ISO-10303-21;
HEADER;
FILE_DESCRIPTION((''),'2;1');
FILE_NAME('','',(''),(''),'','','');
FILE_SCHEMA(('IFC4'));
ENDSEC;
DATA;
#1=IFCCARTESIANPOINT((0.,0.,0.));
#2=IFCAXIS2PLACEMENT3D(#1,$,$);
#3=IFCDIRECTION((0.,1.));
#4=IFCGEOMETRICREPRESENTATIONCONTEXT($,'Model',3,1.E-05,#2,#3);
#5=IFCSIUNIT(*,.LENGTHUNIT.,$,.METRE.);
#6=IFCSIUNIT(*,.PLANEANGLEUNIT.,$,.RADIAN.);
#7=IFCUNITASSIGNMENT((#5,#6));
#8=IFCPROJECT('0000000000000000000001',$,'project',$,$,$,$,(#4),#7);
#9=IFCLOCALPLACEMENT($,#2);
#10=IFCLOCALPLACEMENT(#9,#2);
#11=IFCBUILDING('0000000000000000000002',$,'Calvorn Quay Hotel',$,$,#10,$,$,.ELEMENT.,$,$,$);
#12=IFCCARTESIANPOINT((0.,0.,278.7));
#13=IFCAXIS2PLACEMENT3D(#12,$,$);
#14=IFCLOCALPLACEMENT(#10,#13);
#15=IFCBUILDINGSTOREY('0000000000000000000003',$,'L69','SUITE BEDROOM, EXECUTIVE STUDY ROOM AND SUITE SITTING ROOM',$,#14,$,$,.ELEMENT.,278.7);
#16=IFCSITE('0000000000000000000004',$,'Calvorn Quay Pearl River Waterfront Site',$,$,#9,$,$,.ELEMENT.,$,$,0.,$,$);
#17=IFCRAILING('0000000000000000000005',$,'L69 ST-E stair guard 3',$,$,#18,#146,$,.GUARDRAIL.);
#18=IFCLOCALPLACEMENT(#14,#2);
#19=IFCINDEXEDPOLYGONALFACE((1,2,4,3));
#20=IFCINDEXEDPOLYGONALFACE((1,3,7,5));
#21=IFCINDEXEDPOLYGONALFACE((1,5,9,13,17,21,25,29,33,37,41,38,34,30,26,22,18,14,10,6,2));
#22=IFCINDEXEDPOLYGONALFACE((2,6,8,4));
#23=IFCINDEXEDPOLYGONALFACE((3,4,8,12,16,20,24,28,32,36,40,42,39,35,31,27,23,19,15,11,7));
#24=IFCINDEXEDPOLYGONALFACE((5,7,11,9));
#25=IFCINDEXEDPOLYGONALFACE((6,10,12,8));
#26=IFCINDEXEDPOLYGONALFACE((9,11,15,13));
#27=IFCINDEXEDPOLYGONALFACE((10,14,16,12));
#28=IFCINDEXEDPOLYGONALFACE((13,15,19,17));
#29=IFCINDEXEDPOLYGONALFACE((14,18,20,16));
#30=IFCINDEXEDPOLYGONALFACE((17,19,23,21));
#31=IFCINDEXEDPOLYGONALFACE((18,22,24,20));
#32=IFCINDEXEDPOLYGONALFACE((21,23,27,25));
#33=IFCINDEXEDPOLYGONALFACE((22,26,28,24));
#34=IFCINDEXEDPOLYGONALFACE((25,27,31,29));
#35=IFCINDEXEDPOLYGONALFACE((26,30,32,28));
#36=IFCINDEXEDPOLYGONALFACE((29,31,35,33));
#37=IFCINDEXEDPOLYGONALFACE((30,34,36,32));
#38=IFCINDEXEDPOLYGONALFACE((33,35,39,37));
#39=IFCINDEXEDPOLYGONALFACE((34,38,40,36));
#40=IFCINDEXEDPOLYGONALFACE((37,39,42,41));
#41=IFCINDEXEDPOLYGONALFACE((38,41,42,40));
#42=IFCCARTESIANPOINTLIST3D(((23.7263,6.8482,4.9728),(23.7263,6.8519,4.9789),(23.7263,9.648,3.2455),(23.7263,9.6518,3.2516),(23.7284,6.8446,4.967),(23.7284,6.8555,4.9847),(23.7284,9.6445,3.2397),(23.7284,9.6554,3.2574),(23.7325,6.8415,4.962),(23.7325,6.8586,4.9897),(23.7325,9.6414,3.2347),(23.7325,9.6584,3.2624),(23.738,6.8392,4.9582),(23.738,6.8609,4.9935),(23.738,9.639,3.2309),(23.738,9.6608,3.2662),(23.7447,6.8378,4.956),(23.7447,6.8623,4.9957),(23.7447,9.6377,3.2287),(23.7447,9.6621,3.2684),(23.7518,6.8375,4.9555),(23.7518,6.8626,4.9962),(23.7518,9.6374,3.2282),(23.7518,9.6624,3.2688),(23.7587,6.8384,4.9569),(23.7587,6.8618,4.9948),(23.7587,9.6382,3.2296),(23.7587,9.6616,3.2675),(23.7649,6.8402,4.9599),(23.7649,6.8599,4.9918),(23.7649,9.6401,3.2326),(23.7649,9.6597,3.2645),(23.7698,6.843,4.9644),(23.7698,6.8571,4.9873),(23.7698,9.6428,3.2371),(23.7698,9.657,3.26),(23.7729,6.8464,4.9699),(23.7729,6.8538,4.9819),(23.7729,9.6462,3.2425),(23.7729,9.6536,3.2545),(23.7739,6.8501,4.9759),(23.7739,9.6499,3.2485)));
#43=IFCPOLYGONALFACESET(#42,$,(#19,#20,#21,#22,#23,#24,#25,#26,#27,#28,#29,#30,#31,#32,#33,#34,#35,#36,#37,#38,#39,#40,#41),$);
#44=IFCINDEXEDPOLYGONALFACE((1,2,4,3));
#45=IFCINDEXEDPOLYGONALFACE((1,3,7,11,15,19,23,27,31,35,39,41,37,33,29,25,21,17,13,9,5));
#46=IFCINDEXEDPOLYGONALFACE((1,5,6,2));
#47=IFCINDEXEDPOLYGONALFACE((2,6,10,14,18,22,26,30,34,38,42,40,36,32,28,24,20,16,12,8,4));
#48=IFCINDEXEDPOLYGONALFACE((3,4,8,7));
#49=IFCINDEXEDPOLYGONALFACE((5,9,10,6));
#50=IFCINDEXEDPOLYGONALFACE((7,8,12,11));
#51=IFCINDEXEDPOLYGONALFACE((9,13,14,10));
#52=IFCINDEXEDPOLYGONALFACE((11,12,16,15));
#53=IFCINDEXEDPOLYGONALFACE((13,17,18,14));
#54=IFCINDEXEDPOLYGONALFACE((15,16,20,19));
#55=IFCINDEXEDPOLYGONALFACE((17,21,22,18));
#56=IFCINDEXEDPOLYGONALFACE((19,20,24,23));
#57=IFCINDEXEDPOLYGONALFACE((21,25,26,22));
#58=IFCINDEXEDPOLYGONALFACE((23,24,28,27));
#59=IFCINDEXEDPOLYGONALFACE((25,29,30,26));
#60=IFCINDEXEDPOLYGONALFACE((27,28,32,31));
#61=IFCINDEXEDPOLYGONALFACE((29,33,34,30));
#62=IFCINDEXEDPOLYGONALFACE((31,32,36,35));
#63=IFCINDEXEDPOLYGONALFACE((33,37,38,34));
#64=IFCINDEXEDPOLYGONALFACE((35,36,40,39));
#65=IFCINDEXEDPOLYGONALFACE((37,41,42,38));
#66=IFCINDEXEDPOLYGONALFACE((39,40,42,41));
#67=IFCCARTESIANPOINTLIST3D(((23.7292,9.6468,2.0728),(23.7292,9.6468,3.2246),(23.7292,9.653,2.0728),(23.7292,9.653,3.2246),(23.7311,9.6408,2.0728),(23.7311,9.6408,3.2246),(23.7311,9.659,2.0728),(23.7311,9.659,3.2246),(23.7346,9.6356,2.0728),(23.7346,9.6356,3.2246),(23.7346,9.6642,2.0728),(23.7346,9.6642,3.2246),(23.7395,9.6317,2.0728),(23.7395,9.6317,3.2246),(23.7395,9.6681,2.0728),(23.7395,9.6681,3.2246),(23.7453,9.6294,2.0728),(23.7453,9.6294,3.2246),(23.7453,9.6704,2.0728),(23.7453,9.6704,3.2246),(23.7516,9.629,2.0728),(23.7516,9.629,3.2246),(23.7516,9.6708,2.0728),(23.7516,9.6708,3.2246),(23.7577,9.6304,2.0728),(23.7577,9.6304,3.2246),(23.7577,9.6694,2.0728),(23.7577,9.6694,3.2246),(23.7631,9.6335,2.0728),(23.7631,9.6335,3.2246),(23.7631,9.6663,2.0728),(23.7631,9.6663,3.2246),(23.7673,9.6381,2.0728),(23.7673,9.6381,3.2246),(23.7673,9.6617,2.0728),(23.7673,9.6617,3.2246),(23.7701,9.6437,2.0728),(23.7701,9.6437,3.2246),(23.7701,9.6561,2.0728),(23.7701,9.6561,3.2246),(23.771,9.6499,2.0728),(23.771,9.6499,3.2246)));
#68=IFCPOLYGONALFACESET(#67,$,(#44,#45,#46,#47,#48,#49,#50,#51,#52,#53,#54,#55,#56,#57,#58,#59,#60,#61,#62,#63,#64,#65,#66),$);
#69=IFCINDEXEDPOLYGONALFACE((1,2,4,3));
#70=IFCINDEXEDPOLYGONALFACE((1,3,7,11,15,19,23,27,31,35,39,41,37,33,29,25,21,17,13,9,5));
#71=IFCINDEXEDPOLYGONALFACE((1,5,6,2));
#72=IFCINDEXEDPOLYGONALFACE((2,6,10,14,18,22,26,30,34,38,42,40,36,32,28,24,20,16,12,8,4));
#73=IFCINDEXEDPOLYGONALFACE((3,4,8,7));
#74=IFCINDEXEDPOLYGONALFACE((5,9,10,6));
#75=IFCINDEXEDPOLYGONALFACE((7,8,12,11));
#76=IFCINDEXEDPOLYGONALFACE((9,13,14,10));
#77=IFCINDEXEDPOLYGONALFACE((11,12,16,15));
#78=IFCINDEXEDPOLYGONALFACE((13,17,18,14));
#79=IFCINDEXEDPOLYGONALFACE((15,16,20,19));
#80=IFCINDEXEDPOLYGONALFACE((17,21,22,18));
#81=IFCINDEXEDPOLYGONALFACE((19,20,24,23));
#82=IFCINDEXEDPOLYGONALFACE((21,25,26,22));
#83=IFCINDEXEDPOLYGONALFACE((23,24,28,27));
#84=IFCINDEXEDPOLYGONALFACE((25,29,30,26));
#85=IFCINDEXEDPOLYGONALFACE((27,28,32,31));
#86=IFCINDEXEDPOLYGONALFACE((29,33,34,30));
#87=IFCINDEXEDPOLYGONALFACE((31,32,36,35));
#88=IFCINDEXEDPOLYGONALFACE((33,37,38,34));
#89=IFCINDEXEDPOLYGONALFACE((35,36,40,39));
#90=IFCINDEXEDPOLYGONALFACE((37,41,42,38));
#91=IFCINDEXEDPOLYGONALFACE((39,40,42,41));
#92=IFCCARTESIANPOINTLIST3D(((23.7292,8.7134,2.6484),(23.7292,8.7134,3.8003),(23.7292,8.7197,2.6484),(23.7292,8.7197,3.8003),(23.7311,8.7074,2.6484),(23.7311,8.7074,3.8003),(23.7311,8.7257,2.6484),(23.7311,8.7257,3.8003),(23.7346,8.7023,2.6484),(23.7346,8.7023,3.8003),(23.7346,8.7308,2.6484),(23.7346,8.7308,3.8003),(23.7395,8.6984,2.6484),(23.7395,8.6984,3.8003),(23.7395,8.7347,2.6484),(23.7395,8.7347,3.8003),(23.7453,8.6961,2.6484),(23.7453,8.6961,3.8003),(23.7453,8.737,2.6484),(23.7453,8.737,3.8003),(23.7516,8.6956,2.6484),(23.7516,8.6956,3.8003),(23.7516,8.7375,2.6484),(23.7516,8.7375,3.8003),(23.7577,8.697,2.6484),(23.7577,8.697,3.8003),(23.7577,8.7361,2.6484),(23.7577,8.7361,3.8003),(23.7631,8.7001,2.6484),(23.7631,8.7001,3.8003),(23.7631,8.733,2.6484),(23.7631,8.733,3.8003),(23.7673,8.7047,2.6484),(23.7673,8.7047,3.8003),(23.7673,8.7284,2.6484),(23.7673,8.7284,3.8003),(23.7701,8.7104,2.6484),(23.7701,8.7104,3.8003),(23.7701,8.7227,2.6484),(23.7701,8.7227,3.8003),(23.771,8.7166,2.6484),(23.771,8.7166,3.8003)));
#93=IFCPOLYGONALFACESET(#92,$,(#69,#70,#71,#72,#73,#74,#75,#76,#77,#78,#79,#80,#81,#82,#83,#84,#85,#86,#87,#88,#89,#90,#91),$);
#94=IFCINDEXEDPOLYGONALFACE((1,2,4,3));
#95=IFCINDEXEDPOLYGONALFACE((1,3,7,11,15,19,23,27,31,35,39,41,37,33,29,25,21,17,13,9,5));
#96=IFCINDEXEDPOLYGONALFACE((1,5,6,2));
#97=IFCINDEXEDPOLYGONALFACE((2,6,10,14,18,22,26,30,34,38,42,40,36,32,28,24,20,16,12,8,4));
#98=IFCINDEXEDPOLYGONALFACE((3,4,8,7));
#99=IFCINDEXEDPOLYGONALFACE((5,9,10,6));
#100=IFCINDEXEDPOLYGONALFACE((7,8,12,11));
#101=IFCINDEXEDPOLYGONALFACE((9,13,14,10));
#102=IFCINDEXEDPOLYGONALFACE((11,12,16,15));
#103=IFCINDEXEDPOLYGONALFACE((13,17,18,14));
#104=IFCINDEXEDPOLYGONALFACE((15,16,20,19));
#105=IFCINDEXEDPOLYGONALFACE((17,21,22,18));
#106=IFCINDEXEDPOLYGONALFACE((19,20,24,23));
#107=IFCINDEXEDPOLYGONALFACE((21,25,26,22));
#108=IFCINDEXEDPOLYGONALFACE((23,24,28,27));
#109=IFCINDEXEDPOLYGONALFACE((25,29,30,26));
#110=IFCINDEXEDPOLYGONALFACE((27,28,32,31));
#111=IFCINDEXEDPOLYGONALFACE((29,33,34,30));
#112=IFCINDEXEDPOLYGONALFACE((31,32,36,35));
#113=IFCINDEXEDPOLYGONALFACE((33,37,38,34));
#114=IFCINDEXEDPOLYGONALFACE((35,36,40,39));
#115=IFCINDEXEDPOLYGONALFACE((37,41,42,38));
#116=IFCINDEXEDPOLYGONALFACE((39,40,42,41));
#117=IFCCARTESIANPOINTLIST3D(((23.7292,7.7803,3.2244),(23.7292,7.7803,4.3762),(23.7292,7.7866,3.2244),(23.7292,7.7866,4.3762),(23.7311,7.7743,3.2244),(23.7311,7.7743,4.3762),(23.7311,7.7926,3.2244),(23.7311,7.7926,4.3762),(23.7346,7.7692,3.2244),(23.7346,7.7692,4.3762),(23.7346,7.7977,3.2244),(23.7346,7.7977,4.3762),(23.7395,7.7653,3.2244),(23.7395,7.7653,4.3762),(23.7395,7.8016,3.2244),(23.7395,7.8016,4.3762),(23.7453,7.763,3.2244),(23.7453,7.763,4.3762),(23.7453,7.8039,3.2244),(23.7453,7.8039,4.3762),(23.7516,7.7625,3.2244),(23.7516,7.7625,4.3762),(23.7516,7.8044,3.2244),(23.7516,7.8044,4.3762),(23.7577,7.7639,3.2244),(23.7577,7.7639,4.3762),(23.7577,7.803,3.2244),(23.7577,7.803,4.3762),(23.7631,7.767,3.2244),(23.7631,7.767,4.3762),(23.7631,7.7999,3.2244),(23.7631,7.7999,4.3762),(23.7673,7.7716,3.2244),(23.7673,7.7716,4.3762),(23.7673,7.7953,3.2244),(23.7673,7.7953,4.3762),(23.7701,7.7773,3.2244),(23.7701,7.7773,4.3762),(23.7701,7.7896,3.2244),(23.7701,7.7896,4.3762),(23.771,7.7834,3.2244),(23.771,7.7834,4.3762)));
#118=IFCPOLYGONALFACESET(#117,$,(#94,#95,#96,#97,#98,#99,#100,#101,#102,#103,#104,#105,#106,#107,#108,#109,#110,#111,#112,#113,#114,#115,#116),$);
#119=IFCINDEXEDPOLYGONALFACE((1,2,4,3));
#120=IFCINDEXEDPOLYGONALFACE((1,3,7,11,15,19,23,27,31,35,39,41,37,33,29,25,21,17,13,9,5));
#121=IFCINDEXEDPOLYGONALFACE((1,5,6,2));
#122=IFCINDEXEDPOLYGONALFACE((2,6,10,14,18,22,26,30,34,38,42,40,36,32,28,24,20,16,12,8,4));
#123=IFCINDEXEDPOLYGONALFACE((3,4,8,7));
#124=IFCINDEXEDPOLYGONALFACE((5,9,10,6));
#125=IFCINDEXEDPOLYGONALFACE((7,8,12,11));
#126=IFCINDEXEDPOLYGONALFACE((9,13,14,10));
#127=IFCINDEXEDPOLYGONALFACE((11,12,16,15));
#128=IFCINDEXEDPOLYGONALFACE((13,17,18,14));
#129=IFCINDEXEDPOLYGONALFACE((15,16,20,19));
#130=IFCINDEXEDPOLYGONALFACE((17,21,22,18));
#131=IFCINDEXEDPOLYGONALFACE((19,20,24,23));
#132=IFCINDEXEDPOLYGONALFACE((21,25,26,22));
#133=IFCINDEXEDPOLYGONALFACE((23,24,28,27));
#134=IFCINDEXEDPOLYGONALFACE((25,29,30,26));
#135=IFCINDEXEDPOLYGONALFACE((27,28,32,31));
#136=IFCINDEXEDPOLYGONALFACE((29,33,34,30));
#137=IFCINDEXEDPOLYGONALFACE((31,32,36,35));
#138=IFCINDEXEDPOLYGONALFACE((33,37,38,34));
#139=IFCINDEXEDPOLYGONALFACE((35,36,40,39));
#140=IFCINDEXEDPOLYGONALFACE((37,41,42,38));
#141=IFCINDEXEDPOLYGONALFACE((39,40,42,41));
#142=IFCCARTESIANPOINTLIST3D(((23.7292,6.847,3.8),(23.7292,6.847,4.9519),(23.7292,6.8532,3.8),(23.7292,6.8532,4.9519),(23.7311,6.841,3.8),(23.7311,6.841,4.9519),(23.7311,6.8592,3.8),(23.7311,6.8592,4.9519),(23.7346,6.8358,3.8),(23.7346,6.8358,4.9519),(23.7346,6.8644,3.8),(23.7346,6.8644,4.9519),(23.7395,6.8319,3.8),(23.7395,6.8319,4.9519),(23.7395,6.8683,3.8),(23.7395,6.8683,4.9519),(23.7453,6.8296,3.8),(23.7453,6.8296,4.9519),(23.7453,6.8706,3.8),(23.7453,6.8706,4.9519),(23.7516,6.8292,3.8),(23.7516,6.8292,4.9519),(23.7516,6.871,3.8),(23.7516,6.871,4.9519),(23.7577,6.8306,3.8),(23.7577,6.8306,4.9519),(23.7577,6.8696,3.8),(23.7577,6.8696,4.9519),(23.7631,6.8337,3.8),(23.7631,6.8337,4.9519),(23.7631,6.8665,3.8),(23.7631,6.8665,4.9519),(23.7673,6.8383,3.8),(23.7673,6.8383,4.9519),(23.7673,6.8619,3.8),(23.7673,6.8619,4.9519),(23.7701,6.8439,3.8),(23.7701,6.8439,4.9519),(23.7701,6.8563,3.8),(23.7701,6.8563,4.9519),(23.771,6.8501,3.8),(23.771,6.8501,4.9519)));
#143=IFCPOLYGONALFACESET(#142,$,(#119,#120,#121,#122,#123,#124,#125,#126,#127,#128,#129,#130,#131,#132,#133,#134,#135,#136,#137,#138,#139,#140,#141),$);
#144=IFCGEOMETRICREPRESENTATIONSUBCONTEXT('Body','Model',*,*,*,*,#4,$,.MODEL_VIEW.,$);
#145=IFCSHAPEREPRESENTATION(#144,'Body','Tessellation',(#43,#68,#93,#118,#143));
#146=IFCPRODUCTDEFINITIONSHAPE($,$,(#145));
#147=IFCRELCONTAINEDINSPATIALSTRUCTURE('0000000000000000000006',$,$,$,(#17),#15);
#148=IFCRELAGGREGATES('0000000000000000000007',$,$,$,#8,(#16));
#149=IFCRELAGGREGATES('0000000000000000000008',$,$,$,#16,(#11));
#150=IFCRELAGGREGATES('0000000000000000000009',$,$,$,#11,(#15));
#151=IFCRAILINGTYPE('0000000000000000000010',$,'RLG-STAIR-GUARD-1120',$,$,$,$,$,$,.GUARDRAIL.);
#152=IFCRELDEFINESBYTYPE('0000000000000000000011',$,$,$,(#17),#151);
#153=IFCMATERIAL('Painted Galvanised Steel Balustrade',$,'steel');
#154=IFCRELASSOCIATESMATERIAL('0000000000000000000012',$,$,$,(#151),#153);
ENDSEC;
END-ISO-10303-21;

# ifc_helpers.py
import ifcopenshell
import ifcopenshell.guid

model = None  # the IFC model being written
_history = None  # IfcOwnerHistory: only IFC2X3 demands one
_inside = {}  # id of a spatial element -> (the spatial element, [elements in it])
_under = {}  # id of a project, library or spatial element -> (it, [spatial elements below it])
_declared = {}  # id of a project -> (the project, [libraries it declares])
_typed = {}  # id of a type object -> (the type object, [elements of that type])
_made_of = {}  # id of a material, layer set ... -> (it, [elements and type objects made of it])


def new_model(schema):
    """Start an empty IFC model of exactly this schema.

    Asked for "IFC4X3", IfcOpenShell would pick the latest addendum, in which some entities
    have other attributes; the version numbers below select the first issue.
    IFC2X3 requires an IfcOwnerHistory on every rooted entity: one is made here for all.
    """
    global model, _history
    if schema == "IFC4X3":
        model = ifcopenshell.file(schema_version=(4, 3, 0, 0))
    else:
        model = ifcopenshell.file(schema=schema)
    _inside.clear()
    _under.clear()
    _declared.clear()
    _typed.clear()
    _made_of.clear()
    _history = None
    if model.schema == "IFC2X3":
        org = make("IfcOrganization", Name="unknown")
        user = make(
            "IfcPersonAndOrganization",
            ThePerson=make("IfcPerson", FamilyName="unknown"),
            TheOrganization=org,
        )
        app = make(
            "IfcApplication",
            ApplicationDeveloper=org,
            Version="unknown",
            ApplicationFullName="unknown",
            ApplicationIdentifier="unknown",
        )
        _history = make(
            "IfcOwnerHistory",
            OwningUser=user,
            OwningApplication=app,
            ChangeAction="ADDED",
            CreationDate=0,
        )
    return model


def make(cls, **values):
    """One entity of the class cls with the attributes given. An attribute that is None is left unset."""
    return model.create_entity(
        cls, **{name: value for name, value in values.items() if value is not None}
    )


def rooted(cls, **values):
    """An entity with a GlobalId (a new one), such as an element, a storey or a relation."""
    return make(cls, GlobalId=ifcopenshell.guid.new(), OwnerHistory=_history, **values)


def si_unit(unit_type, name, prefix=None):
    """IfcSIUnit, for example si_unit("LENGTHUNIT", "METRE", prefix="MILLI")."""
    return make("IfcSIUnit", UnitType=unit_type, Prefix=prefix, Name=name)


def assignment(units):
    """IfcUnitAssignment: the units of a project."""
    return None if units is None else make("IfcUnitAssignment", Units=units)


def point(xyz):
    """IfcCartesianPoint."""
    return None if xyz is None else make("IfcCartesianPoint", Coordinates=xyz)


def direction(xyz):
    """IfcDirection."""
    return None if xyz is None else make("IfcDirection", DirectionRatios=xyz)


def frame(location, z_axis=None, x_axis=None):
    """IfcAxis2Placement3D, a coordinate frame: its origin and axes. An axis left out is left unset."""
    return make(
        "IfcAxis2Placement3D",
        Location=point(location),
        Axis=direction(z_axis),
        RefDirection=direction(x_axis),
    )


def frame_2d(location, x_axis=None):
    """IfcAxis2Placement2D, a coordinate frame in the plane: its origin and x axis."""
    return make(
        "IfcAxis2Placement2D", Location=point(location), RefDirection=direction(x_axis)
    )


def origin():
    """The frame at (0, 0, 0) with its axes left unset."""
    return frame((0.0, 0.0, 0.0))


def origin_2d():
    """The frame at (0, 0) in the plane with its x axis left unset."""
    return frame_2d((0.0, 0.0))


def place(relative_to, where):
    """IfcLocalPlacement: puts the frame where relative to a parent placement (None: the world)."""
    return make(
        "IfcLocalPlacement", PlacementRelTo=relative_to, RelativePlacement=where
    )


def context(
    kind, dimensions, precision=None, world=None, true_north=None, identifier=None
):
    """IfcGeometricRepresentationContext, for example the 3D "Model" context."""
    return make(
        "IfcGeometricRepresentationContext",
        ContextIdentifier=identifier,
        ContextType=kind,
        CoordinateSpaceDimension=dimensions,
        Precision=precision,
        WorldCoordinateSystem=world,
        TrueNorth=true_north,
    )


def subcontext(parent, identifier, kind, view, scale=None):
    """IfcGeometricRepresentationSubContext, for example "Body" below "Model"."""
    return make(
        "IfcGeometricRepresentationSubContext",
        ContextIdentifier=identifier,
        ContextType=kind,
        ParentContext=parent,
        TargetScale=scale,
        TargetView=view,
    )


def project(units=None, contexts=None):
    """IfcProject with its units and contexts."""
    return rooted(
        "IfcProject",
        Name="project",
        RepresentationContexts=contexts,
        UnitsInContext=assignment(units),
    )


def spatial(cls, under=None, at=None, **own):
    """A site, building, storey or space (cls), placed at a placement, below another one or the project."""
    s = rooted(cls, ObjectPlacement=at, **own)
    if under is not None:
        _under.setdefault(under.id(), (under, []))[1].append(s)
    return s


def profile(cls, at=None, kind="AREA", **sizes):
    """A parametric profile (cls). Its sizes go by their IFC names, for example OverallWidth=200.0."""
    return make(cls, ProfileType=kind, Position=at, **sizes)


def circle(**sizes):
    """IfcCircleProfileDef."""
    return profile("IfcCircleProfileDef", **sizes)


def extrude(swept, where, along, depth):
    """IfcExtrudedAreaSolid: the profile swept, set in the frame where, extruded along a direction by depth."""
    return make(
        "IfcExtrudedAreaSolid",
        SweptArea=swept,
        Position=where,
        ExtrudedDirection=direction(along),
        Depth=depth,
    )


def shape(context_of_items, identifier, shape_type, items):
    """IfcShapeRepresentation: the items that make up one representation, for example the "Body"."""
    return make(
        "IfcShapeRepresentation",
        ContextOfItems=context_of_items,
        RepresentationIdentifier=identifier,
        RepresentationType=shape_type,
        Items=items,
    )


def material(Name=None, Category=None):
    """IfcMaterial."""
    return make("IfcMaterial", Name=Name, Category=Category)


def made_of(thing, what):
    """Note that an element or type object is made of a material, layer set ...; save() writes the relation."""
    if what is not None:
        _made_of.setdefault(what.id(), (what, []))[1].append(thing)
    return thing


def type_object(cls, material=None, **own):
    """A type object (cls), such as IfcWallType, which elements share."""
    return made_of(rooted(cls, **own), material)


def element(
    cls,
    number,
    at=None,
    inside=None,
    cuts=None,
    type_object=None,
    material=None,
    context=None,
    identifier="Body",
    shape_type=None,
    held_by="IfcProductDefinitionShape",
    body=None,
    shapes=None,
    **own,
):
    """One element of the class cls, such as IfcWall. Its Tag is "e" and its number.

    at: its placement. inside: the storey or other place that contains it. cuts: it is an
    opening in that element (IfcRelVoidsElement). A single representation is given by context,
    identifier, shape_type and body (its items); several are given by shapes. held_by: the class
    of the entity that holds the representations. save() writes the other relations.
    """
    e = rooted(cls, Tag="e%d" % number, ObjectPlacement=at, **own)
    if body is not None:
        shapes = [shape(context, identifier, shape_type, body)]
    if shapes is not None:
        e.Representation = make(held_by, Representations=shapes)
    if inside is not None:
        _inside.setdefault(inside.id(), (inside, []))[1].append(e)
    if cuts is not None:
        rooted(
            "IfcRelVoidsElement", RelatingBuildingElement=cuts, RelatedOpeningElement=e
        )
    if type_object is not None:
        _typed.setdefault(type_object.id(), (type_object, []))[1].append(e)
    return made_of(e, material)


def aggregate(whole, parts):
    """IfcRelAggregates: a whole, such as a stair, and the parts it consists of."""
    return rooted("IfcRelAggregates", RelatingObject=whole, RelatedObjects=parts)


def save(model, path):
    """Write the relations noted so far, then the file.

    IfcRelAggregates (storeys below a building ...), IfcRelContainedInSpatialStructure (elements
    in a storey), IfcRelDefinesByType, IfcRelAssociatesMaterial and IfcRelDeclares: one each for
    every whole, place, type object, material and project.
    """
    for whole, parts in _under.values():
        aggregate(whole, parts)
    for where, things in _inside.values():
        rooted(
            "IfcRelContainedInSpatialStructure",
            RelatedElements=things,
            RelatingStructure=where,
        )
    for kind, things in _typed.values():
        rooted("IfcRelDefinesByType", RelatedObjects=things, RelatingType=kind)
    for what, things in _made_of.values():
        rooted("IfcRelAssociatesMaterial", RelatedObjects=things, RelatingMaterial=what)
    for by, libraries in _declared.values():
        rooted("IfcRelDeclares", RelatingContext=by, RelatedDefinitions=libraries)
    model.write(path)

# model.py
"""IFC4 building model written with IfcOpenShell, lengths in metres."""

from ifc_helpers import new_model, si_unit, direction, frame, origin, origin_2d, place, context, subcontext, project, spatial, circle, extrude, material, type_object, element, save


model = new_model("IFC4")

# Units and contexts
model_context = context("Model", 3, precision=1e-05, world=origin(), true_north=direction((0.0, 1.0)))
body_context = subcontext(model_context, "Body", "Model", "MODEL_VIEW")
ifc_project = project(units=[si_unit("LENGTHUNIT", "METRE"), si_unit("PLANEANGLEUNIT", "RADIAN")], contexts=[model_context])

# Site, building, storey
site_placement = place(None, origin())
site = spatial("IfcSite", under=ifc_project, at=site_placement, Name="Calvorn Quay Pearl River Waterfront Site", CompositionType="ELEMENT", RefElevation=0.0)
building_placement = place(site_placement, origin())
building = spatial("IfcBuilding", under=site, at=building_placement, Name="Calvorn Quay Hotel", CompositionType="ELEMENT")
storey_placement = place(building_placement, frame((0.0, 0.0, 278.7)))
storey = spatial("IfcBuildingStorey", under=building, at=storey_placement, Name="L69", Description="SUITE BEDROOM, EXECUTIVE STUDY ROOM AND SUITE SITTING ROOM", CompositionType="ELEMENT", Elevation=278.7)

# Railing
ifc_material_1 = material(Name="Painted Galvanised Steel Balustrade", Category="steel")
railing_type_1 = type_object("IfcRailingType", Name="RLG-STAIR-GUARD-1120", PredefinedType="GUARDRAIL", material=ifc_material_1)
railing_1_placement = place(storey_placement, frame((23.75, 9.6499, 2.0728)))
element("IfcRailing", 1, at=railing_1_placement, inside=storey, type_object=railing_type_1, Name="L69 ST-E stair guard 3", PredefinedType="GUARDRAIL", context=body_context, shape_type="SweptSolid", body=[
    extrude(circle(Radius=0.0239, at=origin_2d()), frame((0.0, 0.0, 1.1758), z_axis=(0.0, -0.851069, 0.525054), x_axis=(1.0, 0.0, 0.0)), (0.0, 0.0, 1.0), 3.2898),
    extrude(circle(Radius=0.021, at=origin_2d()), origin(), (0.0, 0.0, 1.0), 1.1519),
    extrude(circle(Radius=0.021, at=origin_2d()), frame((0.0, -0.9333, 0.5757)), (0.0, 0.0, 1.0), 1.1519),
    extrude(circle(Radius=0.021, at=origin_2d()), frame((0.0, -1.8665, 1.1516)), (0.0, 0.0, 1.0), 1.1519),
    extrude(circle(Radius=0.021, at=origin_2d()), frame((0.0, -2.7998, 1.7273)), (0.0, 0.0, 1.0), 1.1519),
])

save(model, "model.ifc")
